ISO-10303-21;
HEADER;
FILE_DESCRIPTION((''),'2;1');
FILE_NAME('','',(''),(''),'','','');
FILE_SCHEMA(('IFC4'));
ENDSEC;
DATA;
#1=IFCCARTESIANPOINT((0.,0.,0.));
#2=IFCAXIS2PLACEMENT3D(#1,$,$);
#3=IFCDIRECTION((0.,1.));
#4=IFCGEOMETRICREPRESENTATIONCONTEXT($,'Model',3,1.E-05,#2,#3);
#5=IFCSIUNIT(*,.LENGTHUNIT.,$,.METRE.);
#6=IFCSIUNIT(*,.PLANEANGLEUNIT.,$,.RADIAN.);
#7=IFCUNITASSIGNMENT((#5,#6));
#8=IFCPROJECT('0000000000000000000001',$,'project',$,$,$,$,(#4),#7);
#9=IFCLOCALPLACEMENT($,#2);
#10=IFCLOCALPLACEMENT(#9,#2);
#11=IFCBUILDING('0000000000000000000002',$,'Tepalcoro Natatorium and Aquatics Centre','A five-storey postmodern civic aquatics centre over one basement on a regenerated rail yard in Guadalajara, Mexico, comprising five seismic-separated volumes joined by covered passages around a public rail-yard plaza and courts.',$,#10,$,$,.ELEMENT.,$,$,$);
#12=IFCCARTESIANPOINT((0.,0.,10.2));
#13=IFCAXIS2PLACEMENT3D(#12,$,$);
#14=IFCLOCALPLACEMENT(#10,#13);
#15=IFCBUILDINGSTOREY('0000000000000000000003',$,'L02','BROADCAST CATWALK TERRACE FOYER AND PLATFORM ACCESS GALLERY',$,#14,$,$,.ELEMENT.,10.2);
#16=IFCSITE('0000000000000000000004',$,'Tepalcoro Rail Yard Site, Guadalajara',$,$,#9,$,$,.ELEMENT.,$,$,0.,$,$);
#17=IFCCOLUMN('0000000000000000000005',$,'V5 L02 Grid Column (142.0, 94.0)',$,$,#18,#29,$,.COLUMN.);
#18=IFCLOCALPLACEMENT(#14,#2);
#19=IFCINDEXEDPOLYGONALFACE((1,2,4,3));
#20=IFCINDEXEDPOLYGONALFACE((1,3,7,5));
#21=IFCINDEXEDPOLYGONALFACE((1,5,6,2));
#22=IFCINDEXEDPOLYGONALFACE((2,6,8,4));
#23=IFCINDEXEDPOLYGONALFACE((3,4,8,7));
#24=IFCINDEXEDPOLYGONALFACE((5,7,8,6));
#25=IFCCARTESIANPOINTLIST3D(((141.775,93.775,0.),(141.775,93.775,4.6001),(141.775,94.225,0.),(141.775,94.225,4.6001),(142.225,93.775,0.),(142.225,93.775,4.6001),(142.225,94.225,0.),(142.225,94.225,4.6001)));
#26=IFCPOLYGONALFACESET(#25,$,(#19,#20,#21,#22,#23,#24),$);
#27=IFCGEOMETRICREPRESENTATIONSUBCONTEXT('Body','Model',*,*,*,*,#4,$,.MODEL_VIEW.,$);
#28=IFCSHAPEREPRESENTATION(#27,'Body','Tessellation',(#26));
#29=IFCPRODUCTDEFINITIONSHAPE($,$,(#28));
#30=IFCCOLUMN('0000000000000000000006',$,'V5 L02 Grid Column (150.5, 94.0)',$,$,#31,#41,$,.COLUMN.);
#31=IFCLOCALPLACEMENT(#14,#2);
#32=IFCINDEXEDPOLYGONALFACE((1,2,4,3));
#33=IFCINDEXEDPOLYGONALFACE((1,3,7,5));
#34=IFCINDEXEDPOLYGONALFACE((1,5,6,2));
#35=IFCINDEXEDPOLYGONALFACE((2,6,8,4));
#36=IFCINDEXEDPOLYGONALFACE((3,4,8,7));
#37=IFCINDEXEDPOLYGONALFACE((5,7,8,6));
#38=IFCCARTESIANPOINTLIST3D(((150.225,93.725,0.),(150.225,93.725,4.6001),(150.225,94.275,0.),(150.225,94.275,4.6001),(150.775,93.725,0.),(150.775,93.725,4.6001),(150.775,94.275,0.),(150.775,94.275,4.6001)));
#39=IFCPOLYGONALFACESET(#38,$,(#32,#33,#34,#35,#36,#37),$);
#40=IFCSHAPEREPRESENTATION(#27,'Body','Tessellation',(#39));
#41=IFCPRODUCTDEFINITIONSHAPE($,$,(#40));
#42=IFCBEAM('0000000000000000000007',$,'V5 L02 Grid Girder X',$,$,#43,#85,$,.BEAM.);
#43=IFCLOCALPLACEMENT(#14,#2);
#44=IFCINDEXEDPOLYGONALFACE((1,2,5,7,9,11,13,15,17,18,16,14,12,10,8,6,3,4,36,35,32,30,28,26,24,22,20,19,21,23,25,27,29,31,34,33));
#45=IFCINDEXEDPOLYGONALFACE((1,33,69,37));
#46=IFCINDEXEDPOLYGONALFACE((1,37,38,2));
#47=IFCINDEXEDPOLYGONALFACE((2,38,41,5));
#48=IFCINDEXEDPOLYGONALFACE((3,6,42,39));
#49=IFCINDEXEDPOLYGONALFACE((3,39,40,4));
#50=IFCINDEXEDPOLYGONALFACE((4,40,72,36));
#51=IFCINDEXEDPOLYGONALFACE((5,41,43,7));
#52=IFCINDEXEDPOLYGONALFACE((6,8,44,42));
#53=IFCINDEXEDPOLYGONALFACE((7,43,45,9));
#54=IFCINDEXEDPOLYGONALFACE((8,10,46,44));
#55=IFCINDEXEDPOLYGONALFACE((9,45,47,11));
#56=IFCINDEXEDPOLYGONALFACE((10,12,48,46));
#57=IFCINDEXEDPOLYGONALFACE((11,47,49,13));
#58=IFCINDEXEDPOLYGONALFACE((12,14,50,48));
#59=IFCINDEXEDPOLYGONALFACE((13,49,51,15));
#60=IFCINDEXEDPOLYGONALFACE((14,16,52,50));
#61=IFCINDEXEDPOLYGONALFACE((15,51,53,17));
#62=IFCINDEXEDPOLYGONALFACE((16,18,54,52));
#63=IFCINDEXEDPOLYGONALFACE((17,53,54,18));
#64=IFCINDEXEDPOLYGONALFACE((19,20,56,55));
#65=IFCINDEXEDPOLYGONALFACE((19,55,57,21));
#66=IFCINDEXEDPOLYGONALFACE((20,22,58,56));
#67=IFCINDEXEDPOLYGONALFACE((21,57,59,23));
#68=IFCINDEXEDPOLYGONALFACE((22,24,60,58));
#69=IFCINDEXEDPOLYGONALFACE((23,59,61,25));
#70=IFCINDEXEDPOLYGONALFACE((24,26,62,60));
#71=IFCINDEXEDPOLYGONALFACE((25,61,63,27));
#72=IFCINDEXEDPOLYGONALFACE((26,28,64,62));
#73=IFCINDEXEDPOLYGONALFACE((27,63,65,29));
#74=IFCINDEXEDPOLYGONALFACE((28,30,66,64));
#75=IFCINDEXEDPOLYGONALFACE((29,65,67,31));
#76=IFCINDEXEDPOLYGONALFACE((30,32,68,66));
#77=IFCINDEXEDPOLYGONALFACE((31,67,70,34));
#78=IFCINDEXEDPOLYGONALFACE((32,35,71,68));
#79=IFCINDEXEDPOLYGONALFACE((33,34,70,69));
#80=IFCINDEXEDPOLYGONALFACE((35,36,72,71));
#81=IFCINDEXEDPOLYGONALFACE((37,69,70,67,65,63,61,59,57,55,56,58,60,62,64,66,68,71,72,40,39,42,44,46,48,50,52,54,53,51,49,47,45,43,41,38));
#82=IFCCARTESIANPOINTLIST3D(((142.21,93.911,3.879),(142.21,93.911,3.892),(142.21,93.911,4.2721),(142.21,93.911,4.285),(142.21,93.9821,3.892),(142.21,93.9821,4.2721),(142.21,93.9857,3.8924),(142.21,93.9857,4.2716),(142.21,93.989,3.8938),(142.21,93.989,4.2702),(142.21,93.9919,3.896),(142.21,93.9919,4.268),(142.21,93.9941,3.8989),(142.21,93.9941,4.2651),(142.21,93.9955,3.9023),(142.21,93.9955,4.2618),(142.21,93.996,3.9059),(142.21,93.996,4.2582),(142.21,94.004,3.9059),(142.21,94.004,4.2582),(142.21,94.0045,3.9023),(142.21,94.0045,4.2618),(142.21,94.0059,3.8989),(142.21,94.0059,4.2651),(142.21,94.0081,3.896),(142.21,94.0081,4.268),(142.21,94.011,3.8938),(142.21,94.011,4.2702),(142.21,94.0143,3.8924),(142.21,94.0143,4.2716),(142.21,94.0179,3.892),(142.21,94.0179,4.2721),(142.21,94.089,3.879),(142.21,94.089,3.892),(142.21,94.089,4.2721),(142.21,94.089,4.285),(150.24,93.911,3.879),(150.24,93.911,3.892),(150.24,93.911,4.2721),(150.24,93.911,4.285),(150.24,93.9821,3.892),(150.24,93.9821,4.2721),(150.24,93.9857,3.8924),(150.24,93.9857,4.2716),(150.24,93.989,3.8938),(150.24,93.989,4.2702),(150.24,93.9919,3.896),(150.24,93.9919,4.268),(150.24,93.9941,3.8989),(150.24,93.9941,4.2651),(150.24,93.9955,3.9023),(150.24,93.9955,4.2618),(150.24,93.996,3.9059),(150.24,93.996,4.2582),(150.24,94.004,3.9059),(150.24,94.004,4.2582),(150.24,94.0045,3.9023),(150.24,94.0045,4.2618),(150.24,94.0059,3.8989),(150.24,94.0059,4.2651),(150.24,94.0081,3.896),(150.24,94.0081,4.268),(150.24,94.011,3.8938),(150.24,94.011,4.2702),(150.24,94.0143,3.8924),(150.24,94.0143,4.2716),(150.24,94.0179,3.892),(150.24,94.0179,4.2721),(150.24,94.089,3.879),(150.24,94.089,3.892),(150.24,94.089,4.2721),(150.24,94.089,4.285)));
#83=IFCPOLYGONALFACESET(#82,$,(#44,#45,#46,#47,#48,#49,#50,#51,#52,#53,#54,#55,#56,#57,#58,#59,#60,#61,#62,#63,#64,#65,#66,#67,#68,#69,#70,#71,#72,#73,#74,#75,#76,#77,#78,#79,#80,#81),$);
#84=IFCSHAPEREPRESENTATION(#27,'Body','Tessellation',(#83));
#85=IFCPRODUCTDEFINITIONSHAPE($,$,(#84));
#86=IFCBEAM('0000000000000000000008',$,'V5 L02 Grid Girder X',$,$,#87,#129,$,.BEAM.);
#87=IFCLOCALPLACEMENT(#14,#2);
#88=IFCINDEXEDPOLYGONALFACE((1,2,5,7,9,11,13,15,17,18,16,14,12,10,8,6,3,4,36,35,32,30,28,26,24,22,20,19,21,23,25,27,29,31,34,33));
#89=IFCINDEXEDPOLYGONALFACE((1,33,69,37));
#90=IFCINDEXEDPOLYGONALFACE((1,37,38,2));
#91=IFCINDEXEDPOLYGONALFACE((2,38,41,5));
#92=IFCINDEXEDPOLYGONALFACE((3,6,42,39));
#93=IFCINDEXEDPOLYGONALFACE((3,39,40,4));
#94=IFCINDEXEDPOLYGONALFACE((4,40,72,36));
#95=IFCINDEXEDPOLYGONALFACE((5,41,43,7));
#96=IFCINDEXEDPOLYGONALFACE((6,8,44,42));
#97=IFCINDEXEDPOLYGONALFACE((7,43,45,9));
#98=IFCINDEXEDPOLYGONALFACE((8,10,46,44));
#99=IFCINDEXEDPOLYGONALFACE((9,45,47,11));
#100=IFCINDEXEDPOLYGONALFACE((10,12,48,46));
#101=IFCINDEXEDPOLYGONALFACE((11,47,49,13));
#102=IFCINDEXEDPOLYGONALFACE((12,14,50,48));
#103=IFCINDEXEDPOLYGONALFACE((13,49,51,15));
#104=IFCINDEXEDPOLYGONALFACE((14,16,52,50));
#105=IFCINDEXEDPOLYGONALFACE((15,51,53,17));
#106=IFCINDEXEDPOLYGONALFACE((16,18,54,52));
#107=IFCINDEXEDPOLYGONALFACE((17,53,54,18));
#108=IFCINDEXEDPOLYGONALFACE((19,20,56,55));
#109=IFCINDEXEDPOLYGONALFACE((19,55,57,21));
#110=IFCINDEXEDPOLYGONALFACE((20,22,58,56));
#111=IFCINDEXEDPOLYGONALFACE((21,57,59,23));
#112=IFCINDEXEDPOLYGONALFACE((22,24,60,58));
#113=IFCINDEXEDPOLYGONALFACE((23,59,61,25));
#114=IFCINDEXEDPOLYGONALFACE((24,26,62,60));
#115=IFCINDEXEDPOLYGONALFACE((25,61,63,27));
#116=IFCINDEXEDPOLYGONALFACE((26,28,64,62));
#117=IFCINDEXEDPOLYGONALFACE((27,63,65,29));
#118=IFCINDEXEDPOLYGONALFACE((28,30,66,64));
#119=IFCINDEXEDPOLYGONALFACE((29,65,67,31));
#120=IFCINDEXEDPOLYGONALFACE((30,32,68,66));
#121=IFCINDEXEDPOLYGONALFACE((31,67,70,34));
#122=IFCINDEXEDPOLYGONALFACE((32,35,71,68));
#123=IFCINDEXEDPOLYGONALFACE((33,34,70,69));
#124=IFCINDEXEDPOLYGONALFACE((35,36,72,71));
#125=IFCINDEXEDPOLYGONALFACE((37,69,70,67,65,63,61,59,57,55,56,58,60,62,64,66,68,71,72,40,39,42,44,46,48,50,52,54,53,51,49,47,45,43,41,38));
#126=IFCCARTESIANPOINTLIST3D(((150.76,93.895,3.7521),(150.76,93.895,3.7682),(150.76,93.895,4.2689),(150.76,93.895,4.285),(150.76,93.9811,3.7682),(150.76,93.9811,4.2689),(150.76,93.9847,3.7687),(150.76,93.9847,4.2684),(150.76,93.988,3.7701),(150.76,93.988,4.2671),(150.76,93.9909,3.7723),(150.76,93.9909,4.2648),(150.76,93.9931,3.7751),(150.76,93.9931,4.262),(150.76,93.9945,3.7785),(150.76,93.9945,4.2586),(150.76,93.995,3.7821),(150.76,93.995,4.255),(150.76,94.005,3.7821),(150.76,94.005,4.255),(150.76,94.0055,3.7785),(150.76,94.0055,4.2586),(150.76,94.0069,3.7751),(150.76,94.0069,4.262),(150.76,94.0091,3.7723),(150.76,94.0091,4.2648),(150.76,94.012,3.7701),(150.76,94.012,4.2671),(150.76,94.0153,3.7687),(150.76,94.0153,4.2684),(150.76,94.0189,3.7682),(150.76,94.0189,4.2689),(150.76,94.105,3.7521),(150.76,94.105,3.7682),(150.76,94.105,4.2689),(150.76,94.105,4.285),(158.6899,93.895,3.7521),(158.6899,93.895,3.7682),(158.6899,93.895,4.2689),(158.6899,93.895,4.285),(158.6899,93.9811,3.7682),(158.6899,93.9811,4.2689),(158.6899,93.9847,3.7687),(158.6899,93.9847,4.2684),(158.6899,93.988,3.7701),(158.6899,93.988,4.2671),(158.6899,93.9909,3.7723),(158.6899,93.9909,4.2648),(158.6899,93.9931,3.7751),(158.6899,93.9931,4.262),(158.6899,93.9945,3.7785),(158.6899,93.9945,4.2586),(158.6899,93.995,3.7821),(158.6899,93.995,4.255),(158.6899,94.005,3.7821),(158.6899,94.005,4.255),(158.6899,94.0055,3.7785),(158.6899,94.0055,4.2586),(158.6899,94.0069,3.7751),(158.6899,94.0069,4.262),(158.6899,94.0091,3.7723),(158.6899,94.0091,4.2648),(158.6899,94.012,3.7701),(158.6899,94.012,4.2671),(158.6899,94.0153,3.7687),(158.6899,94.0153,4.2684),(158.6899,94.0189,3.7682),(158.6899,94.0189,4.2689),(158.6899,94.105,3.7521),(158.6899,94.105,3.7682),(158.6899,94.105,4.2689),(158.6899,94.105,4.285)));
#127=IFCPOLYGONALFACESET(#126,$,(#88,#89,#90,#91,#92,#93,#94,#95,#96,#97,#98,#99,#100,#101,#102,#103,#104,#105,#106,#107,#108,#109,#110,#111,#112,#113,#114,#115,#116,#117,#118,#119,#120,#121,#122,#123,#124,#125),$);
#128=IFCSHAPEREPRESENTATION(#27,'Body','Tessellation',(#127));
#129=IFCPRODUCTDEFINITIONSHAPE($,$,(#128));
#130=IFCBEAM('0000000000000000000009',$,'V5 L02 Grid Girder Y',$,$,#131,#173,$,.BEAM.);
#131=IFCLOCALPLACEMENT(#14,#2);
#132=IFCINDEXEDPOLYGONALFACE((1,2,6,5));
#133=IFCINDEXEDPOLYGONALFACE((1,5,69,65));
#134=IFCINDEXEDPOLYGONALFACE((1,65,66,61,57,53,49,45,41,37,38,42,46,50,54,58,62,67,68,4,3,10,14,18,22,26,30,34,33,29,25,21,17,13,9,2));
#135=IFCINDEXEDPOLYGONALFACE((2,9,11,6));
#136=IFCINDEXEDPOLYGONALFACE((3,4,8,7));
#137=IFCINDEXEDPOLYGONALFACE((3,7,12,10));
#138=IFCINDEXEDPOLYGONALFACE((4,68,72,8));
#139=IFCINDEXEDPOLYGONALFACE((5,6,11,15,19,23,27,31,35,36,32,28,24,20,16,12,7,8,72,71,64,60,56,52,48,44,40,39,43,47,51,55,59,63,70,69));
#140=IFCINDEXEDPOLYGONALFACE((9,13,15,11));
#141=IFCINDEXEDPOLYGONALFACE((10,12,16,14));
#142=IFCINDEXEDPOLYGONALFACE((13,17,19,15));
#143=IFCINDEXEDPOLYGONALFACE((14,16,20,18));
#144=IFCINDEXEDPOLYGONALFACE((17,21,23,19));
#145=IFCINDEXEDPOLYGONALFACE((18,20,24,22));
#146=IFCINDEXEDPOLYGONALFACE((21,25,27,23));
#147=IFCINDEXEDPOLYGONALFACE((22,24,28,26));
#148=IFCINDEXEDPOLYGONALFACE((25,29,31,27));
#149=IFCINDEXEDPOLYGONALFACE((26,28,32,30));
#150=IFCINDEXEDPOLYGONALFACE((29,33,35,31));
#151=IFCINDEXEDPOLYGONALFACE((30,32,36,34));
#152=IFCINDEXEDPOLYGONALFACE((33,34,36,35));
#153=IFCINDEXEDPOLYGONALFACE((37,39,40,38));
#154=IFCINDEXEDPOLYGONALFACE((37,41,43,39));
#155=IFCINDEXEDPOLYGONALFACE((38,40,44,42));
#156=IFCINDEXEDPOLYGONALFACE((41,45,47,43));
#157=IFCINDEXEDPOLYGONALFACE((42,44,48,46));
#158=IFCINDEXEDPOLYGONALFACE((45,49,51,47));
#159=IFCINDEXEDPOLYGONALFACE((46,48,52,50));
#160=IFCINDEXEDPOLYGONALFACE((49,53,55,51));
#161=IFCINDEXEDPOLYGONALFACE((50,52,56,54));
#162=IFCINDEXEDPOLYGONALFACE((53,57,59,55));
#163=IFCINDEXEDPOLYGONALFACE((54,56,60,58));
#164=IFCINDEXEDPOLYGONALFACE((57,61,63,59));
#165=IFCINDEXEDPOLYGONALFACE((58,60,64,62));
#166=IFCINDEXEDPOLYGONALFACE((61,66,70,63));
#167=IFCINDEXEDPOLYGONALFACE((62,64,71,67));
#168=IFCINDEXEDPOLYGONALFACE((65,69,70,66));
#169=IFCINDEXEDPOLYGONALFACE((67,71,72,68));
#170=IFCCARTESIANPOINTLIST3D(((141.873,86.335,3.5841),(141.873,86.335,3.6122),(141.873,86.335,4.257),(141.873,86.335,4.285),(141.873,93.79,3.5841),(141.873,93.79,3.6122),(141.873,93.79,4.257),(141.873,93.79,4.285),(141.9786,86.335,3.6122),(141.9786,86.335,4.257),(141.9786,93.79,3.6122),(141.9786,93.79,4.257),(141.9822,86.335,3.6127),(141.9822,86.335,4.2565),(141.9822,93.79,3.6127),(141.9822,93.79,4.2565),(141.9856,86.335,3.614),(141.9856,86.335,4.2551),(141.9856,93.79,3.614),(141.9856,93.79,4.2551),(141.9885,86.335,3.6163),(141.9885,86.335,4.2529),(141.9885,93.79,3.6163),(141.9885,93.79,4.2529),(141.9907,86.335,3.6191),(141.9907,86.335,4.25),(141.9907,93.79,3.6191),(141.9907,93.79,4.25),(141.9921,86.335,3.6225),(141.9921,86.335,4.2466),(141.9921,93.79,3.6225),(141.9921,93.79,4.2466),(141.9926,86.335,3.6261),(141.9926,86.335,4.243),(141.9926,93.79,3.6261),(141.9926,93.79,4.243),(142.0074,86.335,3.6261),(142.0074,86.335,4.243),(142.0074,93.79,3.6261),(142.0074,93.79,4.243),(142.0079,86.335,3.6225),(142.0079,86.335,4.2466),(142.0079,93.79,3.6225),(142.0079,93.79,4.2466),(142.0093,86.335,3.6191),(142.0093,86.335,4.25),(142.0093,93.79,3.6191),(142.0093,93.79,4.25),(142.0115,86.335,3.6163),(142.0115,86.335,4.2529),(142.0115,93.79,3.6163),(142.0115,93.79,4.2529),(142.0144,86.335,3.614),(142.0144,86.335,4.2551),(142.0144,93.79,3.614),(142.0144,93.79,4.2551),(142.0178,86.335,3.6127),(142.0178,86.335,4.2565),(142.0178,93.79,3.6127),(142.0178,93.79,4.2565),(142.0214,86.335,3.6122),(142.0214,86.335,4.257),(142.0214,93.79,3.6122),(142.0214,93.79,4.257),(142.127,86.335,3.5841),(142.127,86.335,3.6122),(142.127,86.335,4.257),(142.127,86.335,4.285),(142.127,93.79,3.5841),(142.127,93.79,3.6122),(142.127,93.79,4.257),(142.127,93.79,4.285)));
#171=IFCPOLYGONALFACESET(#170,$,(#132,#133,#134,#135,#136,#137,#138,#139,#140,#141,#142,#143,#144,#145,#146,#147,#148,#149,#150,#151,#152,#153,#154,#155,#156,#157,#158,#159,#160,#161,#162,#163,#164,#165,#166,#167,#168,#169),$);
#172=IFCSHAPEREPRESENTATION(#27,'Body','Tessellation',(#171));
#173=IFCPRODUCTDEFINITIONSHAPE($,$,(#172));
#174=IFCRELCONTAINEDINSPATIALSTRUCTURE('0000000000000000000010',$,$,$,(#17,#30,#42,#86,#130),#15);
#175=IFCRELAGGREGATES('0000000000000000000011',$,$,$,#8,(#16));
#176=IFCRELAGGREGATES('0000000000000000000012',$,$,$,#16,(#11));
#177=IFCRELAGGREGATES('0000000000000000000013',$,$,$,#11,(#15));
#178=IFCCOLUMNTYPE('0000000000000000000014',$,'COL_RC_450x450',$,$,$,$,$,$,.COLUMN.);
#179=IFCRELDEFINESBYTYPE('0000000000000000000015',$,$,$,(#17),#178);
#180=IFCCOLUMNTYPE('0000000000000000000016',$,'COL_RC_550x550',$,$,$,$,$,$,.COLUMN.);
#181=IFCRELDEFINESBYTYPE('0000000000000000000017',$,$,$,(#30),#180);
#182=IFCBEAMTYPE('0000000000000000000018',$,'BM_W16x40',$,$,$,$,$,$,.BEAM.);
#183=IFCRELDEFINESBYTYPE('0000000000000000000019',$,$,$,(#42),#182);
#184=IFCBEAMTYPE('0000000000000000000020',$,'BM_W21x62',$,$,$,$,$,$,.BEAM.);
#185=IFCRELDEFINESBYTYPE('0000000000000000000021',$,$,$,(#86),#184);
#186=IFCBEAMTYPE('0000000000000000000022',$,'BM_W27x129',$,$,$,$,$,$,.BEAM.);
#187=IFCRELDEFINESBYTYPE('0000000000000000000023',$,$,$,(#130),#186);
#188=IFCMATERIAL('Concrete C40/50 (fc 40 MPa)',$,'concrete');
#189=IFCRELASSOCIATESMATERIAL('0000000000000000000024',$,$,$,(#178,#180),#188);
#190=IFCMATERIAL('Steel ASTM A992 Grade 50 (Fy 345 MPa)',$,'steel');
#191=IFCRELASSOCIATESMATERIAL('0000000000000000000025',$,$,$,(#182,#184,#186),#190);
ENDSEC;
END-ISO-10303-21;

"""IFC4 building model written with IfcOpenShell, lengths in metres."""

from ifc_helpers import new_model, si_unit, direction, frame, origin, origin_2d, place, context, subcontext, project, spatial, rectangle, i_section, extrude, material, material_profile, profile_set, type_object, element, save


model = new_model("IFC4")

# Units and contexts
model_context = context("Model", 3, precision=1e-05, world=origin(), true_north=direction((0.0, 1.0)))
body_context = subcontext(model_context, "Body", "Model", "MODEL_VIEW")
ifc_project = project(units=[si_unit("LENGTHUNIT", "METRE"), si_unit("PLANEANGLEUNIT", "RADIAN")], contexts=[model_context])

# Site, building, storey
site_placement = place(None, origin())
site = spatial("IfcSite", under=ifc_project, at=site_placement, Name="Tepalcoro Rail Yard Site, Guadalajara", CompositionType="ELEMENT", RefElevation=0.0)
building_placement = place(site_placement, origin())
building = spatial("IfcBuilding", under=site, at=building_placement, Name="Tepalcoro Natatorium and Aquatics Centre", Description="A five-storey postmodern civic aquatics centre over one basement on a regenerated rail yard in Guadalajara, Mexico, comprising five seismic-separated volumes joined by covered passages around a public rail-yard plaza and courts.", CompositionType="ELEMENT")
storey_placement = place(building_placement, frame((0.0, 0.0, 10.2)))
storey = spatial("IfcBuildingStorey", under=building, at=storey_placement, Name="L02", Description="BROADCAST CATWALK TERRACE FOYER AND PLATFORM ACCESS GALLERY", CompositionType="ELEMENT", Elevation=10.2)

# Columns
ifc_material_1 = material(Name="Concrete C40/50 (fc 40 MPa)", Category="concrete")
ifc_material_profile_1 = material_profile(ifc_material_1, rectangle(XDim=0.45, YDim=0.45, at=origin_2d()), Name="RC450x450")
ifc_profile_set_1 = profile_set([ifc_material_profile_1], Name="Concrete C40/50 (fc 40 MPa)")
column_type_1 = type_object("IfcColumnType", Name="COL_RC_450x450", PredefinedType="COLUMN", material=ifc_profile_set_1)
column_1_placement = place(storey_placement, frame((142.0, 94.0, 0.0), z_axis=(0.0, 0.0, 1.0), x_axis=(1.0, 0.0, 0.0)))
element("IfcColumn", 1, at=column_1_placement, inside=storey, type_object=column_type_1, Name="V5 L02 Grid Column (142.0, 94.0)", PredefinedType="COLUMN", context=body_context, shape_type="SweptSolid", body=[
    extrude(rectangle(XDim=0.45, YDim=0.45, at=origin_2d()), origin(), (0.0, 0.0, 1.0), 4.6001),
])
ifc_material_profile_2 = material_profile(ifc_material_1, rectangle(XDim=0.55, YDim=0.55, at=origin_2d()), Name="RC550x550")
ifc_profile_set_2 = profile_set([ifc_material_profile_2], Name="Concrete C40/50 (fc 40 MPa)")
column_type_2 = type_object("IfcColumnType", Name="COL_RC_550x550", PredefinedType="COLUMN", material=ifc_profile_set_2)
column_2_placement = place(storey_placement, frame((150.5, 94.0, 0.0), z_axis=(0.0, 0.0, 1.0), x_axis=(1.0, 0.0, 0.0)))
element("IfcColumn", 2, at=column_2_placement, inside=storey, type_object=column_type_2, Name="V5 L02 Grid Column (150.5, 94.0)", PredefinedType="COLUMN", context=body_context, shape_type="SweptSolid", body=[
    extrude(rectangle(XDim=0.55, YDim=0.55, at=origin_2d()), origin(), (0.0, 0.0, 1.0), 4.6001),
])

# Beams
ifc_material_2 = material(Name="Steel ASTM A992 Grade 50 (Fy 345 MPa)", Category="steel")
ifc_material_profile_3 = material_profile(ifc_material_2, i_section(OverallWidth=0.178, OverallDepth=0.406, WebThickness=0.0081, FlangeThickness=0.0129, FilletRadius=0.0139, at=origin_2d()), Name="W16X40")
ifc_profile_set_3 = profile_set([ifc_material_profile_3], Name="Steel ASTM A992 Grade 50 (Fy 345 MPa)")
beam_type_1 = type_object("IfcBeamType", Name="BM_W16x40", PredefinedType="BEAM", material=ifc_profile_set_3)
beam_1_placement = place(storey_placement, frame((142.21, 94.0, 4.082), z_axis=(1.0, 0.0, 0.0), x_axis=(0.0, 1.0, 0.0)))
element("IfcBeam", 3, at=beam_1_placement, inside=storey, type_object=beam_type_1, Name="V5 L02 Grid Girder X", PredefinedType="BEAM", context=body_context, shape_type="SweptSolid", body=[
    extrude(i_section(OverallWidth=0.178, OverallDepth=0.406, WebThickness=0.0081, FlangeThickness=0.0129, FilletRadius=0.0139, at=origin_2d()), origin(), (0.0, 0.0, 1.0), 8.03),
])
ifc_material_profile_4 = material_profile(ifc_material_2, i_section(OverallWidth=0.21, OverallDepth=0.533, WebThickness=0.01, FlangeThickness=0.0161, FilletRadius=0.0139, at=origin_2d()), Name="W21X62")
ifc_profile_set_4 = profile_set([ifc_material_profile_4], Name="Steel ASTM A992 Grade 50 (Fy 345 MPa)")
beam_type_2 = type_object("IfcBeamType", Name="BM_W21x62", PredefinedType="BEAM", material=ifc_profile_set_4)
beam_2_placement = place(storey_placement, frame((150.76, 94.0, 4.0186), z_axis=(1.0, 0.0, 0.0), x_axis=(0.0, 1.0, 0.0)))
element("IfcBeam", 4, at=beam_2_placement, inside=storey, type_object=beam_type_2, Name="V5 L02 Grid Girder X", PredefinedType="BEAM", context=body_context, shape_type="SweptSolid", body=[
    extrude(i_section(OverallWidth=0.21, OverallDepth=0.533, WebThickness=0.01, FlangeThickness=0.0161, FilletRadius=0.0139, at=origin_2d()), origin(), (0.0, 0.0, 1.0), 7.9299),
])
ifc_material_profile_5 = material_profile(ifc_material_2, i_section(OverallWidth=0.2539, OverallDepth=0.7009, WebThickness=0.0149, FlangeThickness=0.0281, FilletRadius=0.0139, at=origin_2d()), Name="W27X129")
ifc_profile_set_5 = profile_set([ifc_material_profile_5], Name="Steel ASTM A992 Grade 50 (Fy 345 MPa)")
beam_type_3 = type_object("IfcBeamType", Name="BM_W27x129", PredefinedType="BEAM", material=ifc_profile_set_5)
beam_3_placement = place(storey_placement, frame((142.0, 86.335, 3.9346), z_axis=(0.0, 1.0, 0.0), x_axis=(-1.0, 0.0, 0.0)))
element("IfcBeam", 5, at=beam_3_placement, inside=storey, type_object=beam_type_3, Name="V5 L02 Grid Girder Y", PredefinedType="BEAM", context=body_context, shape_type="SweptSolid", body=[
    extrude(i_section(OverallWidth=0.2539, OverallDepth=0.7009, WebThickness=0.0149, FlangeThickness=0.0281, FilletRadius=0.0139, at=origin_2d()), origin(), (0.0, 0.0, 1.0), 7.4551),
])

save(model, "model.ifc")
